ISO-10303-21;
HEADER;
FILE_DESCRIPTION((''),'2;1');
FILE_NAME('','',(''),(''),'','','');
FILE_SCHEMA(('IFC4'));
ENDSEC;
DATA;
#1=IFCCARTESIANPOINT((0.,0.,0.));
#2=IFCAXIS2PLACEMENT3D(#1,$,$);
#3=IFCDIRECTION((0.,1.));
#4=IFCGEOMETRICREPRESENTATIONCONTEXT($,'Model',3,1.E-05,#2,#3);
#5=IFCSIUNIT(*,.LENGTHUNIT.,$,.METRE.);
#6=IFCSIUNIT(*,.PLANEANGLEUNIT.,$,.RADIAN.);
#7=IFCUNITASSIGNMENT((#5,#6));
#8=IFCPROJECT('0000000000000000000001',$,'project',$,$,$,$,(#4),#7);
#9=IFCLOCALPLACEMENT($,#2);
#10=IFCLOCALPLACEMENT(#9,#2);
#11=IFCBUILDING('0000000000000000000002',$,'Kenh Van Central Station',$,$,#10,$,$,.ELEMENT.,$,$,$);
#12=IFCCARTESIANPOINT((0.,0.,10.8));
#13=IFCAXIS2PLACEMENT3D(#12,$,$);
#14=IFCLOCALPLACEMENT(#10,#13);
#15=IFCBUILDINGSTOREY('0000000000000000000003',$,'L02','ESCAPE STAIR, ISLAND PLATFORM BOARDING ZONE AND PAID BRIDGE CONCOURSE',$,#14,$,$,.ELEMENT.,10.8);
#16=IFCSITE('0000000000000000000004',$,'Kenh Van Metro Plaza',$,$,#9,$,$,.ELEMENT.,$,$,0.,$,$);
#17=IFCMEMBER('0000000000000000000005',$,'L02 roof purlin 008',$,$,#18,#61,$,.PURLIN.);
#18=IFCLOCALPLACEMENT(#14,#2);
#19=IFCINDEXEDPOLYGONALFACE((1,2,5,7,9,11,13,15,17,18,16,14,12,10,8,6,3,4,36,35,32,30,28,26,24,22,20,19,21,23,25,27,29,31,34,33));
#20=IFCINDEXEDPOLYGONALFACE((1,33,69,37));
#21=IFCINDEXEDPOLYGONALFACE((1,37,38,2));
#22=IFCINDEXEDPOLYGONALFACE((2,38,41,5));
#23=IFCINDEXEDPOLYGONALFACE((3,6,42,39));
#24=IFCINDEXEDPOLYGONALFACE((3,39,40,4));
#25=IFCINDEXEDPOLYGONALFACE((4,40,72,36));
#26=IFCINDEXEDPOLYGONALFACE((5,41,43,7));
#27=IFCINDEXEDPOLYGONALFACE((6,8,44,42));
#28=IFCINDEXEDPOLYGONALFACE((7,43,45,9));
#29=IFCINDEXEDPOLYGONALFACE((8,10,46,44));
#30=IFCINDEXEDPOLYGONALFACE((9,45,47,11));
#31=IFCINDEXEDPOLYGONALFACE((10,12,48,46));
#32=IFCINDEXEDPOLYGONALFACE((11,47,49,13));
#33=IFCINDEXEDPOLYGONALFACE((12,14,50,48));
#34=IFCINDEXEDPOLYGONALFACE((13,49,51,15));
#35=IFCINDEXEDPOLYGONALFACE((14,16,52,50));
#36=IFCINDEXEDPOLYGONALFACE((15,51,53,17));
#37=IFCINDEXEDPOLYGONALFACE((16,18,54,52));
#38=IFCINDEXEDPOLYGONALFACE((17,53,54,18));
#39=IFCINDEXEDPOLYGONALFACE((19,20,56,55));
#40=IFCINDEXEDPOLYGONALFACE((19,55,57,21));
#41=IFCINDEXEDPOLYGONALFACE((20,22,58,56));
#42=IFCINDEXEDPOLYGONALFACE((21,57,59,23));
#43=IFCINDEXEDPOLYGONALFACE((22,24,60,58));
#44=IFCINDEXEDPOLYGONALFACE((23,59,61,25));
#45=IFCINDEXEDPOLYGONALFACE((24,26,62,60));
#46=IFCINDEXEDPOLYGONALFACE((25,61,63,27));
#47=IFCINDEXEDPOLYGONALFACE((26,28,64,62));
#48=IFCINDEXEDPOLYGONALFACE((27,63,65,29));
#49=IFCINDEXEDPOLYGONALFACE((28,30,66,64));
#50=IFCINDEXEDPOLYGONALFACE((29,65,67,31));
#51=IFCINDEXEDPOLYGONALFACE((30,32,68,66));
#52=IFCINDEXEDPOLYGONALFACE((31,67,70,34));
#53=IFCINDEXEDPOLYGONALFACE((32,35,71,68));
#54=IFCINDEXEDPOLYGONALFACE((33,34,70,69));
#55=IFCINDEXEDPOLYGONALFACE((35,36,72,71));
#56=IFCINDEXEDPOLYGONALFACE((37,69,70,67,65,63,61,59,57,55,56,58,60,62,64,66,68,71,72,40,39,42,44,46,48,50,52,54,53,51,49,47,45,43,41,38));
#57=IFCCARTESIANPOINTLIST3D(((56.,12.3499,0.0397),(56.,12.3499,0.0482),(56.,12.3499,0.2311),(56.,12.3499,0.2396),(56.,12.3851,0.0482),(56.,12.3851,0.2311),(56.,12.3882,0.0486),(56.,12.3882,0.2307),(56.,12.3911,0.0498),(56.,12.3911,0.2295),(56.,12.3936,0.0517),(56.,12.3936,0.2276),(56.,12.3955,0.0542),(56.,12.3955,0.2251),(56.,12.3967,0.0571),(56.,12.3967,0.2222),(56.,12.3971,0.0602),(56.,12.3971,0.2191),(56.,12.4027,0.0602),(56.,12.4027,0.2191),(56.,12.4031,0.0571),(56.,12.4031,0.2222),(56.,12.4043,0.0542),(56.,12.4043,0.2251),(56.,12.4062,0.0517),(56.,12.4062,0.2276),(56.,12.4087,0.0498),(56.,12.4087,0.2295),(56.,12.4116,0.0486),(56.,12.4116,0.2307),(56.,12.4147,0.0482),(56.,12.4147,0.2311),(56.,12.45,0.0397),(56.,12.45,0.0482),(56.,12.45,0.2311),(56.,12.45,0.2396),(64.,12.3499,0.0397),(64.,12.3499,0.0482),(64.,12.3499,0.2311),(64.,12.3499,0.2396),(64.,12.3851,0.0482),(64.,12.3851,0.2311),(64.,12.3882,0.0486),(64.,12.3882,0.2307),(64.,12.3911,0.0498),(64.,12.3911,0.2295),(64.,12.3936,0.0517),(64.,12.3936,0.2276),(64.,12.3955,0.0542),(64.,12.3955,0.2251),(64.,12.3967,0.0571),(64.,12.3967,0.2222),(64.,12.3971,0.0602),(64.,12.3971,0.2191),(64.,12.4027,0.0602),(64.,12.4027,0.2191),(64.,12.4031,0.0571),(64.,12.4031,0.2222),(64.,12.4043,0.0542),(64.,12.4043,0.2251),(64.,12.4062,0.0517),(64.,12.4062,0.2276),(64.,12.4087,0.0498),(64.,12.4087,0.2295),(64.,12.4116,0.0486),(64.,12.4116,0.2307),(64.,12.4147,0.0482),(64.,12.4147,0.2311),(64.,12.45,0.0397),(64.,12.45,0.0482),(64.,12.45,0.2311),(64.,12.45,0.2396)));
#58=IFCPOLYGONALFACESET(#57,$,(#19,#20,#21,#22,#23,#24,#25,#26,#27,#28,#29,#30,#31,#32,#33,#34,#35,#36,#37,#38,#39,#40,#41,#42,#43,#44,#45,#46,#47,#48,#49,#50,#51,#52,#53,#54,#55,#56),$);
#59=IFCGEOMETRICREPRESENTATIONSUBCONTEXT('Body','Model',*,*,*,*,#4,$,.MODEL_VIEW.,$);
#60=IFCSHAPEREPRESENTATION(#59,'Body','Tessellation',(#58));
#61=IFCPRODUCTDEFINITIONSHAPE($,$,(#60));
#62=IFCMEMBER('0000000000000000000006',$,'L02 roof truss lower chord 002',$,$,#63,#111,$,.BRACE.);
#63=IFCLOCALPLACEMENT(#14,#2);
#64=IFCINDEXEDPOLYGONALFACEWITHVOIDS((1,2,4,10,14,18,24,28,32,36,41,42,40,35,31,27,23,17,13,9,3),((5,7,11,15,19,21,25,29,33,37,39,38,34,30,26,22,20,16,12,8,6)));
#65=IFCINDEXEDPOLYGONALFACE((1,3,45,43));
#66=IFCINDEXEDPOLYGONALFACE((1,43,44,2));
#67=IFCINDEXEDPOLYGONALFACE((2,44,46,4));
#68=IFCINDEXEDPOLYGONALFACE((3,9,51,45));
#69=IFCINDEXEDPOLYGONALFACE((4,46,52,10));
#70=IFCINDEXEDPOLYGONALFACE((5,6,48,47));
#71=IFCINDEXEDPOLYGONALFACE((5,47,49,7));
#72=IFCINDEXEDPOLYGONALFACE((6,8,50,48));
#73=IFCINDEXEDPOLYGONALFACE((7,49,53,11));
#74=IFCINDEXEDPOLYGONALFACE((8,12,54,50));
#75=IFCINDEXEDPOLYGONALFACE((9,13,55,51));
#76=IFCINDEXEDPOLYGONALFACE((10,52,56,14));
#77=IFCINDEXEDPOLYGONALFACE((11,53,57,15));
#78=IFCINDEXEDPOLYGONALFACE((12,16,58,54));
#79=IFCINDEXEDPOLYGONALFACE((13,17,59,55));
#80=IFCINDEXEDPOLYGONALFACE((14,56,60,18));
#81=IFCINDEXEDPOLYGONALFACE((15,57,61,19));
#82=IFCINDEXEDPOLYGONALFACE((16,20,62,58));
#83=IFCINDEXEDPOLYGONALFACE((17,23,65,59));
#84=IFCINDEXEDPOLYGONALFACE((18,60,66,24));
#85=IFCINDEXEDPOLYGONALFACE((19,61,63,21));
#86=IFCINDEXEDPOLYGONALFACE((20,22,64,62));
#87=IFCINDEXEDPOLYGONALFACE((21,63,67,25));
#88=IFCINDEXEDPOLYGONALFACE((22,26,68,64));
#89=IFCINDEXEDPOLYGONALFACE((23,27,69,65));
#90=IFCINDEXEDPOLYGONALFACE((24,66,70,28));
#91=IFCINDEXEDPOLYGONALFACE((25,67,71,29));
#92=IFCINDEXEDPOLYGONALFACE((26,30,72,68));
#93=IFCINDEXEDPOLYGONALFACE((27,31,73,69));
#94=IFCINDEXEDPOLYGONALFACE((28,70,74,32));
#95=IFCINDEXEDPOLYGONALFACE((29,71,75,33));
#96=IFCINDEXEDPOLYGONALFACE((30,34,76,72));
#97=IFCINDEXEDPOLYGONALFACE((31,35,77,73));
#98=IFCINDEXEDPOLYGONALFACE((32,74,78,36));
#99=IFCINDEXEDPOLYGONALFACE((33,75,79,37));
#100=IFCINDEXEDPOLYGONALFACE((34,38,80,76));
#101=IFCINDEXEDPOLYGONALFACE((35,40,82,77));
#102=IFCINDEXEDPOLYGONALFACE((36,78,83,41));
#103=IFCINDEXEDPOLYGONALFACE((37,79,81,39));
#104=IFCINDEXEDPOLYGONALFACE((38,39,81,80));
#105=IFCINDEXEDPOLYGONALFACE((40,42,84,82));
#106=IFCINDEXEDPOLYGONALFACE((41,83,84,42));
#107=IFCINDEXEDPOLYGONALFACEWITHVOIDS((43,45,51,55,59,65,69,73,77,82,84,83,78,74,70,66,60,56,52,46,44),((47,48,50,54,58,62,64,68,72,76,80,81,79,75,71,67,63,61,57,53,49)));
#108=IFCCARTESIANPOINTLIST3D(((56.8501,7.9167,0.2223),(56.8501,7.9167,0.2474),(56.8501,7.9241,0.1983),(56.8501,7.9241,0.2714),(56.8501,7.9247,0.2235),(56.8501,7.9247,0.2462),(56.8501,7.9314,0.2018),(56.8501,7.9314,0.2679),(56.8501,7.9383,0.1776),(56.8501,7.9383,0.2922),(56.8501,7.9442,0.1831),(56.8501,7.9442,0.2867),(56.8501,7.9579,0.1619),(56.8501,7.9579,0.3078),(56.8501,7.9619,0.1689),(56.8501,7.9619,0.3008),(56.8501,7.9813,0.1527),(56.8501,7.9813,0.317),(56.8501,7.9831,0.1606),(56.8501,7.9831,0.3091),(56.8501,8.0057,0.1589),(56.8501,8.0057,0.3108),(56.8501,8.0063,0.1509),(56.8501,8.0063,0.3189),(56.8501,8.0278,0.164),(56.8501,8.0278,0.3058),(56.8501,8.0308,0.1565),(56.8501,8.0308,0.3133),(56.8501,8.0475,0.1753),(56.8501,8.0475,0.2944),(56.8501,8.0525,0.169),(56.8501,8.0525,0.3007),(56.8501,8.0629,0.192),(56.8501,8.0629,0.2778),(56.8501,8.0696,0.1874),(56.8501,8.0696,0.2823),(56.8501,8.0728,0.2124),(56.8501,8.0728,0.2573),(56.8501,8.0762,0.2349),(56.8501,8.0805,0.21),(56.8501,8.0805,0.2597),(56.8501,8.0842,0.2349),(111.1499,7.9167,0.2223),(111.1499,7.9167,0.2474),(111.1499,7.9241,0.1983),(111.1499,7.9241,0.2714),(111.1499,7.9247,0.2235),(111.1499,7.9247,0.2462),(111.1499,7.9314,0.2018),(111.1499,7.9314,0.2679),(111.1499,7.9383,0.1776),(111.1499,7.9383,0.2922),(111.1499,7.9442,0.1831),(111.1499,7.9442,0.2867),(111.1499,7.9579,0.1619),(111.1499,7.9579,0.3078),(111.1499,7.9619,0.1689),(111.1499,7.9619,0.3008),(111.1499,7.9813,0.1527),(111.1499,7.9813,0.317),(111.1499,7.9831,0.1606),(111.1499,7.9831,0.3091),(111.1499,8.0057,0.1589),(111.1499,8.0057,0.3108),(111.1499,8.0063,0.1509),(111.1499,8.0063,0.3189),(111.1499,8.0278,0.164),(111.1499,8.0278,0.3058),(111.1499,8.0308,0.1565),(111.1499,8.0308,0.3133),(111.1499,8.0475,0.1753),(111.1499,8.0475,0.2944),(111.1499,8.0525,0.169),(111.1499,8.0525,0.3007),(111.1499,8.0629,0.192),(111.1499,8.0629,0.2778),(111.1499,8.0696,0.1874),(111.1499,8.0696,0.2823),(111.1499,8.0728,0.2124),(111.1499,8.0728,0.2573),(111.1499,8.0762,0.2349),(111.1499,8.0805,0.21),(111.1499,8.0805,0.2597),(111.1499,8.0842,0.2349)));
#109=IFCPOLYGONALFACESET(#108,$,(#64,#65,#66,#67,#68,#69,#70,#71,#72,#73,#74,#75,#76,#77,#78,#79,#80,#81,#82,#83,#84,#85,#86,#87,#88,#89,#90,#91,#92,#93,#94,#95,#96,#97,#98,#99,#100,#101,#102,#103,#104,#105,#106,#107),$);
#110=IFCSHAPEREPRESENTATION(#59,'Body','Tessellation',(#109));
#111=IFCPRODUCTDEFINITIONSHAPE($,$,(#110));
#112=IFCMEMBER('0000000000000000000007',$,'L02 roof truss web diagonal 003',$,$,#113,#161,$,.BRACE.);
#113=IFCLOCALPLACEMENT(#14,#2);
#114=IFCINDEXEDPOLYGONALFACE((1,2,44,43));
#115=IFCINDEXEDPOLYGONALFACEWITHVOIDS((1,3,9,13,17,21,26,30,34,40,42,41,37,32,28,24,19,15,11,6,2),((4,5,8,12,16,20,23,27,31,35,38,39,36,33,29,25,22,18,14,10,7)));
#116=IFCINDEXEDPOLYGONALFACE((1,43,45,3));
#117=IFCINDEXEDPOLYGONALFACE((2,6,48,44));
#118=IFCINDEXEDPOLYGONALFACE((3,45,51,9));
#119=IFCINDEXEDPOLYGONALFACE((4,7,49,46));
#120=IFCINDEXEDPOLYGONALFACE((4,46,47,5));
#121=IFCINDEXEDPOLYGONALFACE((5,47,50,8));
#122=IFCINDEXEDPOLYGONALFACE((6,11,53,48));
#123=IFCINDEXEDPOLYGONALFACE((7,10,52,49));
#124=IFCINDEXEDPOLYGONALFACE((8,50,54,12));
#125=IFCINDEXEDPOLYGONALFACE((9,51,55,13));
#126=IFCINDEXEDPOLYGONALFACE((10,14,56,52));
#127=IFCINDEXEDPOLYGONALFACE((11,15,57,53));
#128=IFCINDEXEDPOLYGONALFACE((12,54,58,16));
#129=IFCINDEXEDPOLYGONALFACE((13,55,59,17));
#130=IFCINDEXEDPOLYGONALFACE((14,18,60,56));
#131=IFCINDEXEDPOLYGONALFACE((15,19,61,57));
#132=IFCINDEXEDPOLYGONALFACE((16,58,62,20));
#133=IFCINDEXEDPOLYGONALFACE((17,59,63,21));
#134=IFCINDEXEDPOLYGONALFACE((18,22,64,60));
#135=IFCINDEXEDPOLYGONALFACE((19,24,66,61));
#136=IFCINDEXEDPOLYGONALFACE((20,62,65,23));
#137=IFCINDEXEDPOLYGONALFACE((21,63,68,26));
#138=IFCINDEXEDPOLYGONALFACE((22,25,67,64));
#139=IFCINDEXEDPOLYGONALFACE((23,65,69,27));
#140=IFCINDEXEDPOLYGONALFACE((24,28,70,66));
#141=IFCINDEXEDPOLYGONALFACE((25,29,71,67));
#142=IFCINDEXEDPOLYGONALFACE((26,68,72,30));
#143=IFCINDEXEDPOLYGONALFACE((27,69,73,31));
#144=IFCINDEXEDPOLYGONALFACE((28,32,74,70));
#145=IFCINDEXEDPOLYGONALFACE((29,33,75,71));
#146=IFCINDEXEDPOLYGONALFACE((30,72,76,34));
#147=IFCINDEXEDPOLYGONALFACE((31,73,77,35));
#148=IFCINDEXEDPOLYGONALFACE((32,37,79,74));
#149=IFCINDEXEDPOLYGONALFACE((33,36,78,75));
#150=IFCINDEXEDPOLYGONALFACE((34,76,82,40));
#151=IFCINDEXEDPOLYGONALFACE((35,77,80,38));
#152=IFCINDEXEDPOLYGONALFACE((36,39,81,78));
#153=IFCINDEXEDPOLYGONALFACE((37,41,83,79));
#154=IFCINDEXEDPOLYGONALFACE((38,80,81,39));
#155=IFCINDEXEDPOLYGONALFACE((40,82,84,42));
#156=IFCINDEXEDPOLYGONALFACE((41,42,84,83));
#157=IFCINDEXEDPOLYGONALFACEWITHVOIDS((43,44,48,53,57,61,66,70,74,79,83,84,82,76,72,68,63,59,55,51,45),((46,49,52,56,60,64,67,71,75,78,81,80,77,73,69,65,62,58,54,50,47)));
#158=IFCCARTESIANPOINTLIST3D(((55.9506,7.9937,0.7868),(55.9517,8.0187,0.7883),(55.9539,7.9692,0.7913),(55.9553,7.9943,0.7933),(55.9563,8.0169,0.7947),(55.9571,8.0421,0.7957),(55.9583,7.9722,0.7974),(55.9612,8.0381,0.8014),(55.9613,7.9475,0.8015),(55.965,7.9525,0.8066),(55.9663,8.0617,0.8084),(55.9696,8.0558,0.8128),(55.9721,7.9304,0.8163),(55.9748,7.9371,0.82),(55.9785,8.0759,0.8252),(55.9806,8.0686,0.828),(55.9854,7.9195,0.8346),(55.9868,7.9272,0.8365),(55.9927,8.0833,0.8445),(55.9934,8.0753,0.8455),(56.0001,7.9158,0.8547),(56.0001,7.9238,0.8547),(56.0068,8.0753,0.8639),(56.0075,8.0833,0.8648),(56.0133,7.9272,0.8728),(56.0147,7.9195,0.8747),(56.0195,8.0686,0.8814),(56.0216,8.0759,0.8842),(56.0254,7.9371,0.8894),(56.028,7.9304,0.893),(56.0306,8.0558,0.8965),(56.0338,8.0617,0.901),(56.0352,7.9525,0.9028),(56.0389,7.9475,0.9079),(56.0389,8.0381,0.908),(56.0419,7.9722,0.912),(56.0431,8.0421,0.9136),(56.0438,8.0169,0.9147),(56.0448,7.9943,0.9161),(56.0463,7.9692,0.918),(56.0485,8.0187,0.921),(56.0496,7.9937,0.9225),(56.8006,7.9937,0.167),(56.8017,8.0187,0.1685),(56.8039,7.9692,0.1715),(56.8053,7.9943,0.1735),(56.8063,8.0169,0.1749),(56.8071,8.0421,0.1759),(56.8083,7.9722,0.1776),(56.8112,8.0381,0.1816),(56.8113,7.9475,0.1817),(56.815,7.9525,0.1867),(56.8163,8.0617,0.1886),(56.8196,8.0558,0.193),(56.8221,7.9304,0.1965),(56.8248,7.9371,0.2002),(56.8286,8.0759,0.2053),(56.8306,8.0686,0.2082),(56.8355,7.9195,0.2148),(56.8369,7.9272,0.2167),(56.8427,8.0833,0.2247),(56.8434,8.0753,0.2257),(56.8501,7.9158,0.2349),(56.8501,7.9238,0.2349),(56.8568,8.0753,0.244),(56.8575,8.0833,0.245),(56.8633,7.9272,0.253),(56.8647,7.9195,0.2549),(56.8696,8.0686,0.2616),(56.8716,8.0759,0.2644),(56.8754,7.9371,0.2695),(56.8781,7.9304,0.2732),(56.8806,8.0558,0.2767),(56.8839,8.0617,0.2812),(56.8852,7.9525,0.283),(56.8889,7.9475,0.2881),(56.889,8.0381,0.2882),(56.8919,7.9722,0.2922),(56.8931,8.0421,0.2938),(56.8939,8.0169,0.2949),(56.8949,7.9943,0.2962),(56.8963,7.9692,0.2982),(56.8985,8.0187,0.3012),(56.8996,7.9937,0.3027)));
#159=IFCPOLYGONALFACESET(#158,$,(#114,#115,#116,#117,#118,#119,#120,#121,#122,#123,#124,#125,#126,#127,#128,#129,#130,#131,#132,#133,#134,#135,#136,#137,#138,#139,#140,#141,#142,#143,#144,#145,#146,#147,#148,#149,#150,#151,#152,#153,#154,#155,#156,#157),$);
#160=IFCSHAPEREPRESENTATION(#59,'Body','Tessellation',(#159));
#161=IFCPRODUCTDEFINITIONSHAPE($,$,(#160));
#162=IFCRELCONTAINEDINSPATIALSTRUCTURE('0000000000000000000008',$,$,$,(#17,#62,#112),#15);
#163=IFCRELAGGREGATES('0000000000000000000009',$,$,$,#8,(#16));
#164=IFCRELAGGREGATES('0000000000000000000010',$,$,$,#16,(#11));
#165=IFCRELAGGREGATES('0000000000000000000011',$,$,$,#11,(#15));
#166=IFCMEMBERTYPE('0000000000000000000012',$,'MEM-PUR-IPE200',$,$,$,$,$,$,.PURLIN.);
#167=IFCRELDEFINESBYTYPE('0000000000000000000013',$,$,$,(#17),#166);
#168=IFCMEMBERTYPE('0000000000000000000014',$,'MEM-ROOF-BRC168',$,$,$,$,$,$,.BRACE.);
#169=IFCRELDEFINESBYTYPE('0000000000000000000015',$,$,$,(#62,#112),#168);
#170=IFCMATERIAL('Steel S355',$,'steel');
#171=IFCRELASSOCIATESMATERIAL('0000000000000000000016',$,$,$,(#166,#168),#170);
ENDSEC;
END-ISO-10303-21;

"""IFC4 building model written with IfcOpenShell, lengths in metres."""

from ifc_helpers import new_model, si_unit, direction, frame, origin, origin_2d, place, context, subcontext, project, spatial, hollow_circle, i_section, extrude, material, material_profile, profile_set, type_object, element, save


model = new_model("IFC4")

# Units and contexts
model_context = context("Model", 3, precision=1e-05, world=origin(), true_north=direction((0.0, 1.0)))
body_context = subcontext(model_context, "Body", "Model", "MODEL_VIEW")
ifc_project = project(units=[si_unit("LENGTHUNIT", "METRE"), si_unit("PLANEANGLEUNIT", "RADIAN")], contexts=[model_context])

# Site, building, storey
site_placement = place(None, origin())
site = spatial("IfcSite", under=ifc_project, at=site_placement, Name="Kenh Van Metro Plaza", CompositionType="ELEMENT", RefElevation=0.0)
building_placement = place(site_placement, origin())
building = spatial("IfcBuilding", under=site, at=building_placement, Name="Kenh Van Central Station", CompositionType="ELEMENT")
storey_placement = place(building_placement, frame((0.0, 0.0, 10.8)))
storey = spatial("IfcBuildingStorey", under=building, at=storey_placement, Name="L02", Description="ESCAPE STAIR, ISLAND PLATFORM BOARDING ZONE AND PAID BRIDGE CONCOURSE", CompositionType="ELEMENT", Elevation=10.8)

# Shared definitions
ifc_material_1 = material(Name="Steel S355", Category="steel")

# Members
ifc_material_profile_1 = material_profile(ifc_material_1, i_section(OverallWidth=0.1001, OverallDepth=0.2, WebThickness=0.0056, FlangeThickness=0.0085, FilletRadius=0.012, at=origin_2d()), Name="IPE 200")
ifc_profile_set_1 = profile_set([ifc_material_profile_1], Name="Steel S355")
member_type_1 = type_object("IfcMemberType", Name="MEM-PUR-IPE200", PredefinedType="PURLIN", material=ifc_profile_set_1)
member_1_placement = place(storey_placement, frame((56.0, 12.3999, 0.1396), z_axis=(1.0, 0.0, 0.0), x_axis=(0.0, 1.0, 0.0)))
element("IfcMember", 1, at=member_1_placement, inside=storey, type_object=member_type_1, Name="L02 roof purlin 008", PredefinedType="PURLIN", context=body_context, shape_type="SweptSolid", body=[
    extrude(i_section(OverallWidth=0.1001, OverallDepth=0.2, WebThickness=0.0056, FlangeThickness=0.0085, FilletRadius=0.012, at=origin_2d()), origin(), (0.0, 0.0, 1.0), 8.0),
])
ifc_material_profile_2 = material_profile(ifc_material_1, hollow_circle(Radius=0.0842, WallThickness=0.0081, at=origin_2d()), Name="CHS 168.3x8")
ifc_profile_set_2 = profile_set([ifc_material_profile_2], Name="Steel S355")
member_type_2 = type_object("IfcMemberType", Name="MEM-ROOF-BRC168", PredefinedType="BRACE", material=ifc_profile_set_2)
member_2_placement = place(storey_placement, frame((56.8501, 8.0, 0.2349), z_axis=(1.0, 0.0, 0.0), x_axis=(0.0, 1.0, 0.0)))
element("IfcMember", 2, at=member_2_placement, inside=storey, type_object=member_type_2, Name="L02 roof truss lower chord 002", PredefinedType="BRACE", context=body_context, shape_type="SweptSolid", body=[
    extrude(hollow_circle(Radius=0.0842, WallThickness=0.0081, at=origin_2d()), origin(), (0.0, 0.0, 1.0), 54.2998),
])
for number, where, z_axis, x_axis, name in (
    (3, (56.8501, 8.0, 0.2349), (-0.808003, 0.0, 0.589178), (0.0, -1.0, 0.0), "L02 roof truss web diagonal 003"),
):
    element("IfcMember", number, at=place(storey_placement, frame(where, z_axis=z_axis, x_axis=x_axis)), inside=storey, type_object=member_type_2, Name=name, PredefinedType="BRACE", context=body_context, shape_type="SweptSolid", body=[
        extrude(hollow_circle(Radius=0.0842, WallThickness=0.0081, at=origin_2d()), origin(), (0.0, 0.0, 1.0), 1.052),
    ])

save(model, "model.ifc")
